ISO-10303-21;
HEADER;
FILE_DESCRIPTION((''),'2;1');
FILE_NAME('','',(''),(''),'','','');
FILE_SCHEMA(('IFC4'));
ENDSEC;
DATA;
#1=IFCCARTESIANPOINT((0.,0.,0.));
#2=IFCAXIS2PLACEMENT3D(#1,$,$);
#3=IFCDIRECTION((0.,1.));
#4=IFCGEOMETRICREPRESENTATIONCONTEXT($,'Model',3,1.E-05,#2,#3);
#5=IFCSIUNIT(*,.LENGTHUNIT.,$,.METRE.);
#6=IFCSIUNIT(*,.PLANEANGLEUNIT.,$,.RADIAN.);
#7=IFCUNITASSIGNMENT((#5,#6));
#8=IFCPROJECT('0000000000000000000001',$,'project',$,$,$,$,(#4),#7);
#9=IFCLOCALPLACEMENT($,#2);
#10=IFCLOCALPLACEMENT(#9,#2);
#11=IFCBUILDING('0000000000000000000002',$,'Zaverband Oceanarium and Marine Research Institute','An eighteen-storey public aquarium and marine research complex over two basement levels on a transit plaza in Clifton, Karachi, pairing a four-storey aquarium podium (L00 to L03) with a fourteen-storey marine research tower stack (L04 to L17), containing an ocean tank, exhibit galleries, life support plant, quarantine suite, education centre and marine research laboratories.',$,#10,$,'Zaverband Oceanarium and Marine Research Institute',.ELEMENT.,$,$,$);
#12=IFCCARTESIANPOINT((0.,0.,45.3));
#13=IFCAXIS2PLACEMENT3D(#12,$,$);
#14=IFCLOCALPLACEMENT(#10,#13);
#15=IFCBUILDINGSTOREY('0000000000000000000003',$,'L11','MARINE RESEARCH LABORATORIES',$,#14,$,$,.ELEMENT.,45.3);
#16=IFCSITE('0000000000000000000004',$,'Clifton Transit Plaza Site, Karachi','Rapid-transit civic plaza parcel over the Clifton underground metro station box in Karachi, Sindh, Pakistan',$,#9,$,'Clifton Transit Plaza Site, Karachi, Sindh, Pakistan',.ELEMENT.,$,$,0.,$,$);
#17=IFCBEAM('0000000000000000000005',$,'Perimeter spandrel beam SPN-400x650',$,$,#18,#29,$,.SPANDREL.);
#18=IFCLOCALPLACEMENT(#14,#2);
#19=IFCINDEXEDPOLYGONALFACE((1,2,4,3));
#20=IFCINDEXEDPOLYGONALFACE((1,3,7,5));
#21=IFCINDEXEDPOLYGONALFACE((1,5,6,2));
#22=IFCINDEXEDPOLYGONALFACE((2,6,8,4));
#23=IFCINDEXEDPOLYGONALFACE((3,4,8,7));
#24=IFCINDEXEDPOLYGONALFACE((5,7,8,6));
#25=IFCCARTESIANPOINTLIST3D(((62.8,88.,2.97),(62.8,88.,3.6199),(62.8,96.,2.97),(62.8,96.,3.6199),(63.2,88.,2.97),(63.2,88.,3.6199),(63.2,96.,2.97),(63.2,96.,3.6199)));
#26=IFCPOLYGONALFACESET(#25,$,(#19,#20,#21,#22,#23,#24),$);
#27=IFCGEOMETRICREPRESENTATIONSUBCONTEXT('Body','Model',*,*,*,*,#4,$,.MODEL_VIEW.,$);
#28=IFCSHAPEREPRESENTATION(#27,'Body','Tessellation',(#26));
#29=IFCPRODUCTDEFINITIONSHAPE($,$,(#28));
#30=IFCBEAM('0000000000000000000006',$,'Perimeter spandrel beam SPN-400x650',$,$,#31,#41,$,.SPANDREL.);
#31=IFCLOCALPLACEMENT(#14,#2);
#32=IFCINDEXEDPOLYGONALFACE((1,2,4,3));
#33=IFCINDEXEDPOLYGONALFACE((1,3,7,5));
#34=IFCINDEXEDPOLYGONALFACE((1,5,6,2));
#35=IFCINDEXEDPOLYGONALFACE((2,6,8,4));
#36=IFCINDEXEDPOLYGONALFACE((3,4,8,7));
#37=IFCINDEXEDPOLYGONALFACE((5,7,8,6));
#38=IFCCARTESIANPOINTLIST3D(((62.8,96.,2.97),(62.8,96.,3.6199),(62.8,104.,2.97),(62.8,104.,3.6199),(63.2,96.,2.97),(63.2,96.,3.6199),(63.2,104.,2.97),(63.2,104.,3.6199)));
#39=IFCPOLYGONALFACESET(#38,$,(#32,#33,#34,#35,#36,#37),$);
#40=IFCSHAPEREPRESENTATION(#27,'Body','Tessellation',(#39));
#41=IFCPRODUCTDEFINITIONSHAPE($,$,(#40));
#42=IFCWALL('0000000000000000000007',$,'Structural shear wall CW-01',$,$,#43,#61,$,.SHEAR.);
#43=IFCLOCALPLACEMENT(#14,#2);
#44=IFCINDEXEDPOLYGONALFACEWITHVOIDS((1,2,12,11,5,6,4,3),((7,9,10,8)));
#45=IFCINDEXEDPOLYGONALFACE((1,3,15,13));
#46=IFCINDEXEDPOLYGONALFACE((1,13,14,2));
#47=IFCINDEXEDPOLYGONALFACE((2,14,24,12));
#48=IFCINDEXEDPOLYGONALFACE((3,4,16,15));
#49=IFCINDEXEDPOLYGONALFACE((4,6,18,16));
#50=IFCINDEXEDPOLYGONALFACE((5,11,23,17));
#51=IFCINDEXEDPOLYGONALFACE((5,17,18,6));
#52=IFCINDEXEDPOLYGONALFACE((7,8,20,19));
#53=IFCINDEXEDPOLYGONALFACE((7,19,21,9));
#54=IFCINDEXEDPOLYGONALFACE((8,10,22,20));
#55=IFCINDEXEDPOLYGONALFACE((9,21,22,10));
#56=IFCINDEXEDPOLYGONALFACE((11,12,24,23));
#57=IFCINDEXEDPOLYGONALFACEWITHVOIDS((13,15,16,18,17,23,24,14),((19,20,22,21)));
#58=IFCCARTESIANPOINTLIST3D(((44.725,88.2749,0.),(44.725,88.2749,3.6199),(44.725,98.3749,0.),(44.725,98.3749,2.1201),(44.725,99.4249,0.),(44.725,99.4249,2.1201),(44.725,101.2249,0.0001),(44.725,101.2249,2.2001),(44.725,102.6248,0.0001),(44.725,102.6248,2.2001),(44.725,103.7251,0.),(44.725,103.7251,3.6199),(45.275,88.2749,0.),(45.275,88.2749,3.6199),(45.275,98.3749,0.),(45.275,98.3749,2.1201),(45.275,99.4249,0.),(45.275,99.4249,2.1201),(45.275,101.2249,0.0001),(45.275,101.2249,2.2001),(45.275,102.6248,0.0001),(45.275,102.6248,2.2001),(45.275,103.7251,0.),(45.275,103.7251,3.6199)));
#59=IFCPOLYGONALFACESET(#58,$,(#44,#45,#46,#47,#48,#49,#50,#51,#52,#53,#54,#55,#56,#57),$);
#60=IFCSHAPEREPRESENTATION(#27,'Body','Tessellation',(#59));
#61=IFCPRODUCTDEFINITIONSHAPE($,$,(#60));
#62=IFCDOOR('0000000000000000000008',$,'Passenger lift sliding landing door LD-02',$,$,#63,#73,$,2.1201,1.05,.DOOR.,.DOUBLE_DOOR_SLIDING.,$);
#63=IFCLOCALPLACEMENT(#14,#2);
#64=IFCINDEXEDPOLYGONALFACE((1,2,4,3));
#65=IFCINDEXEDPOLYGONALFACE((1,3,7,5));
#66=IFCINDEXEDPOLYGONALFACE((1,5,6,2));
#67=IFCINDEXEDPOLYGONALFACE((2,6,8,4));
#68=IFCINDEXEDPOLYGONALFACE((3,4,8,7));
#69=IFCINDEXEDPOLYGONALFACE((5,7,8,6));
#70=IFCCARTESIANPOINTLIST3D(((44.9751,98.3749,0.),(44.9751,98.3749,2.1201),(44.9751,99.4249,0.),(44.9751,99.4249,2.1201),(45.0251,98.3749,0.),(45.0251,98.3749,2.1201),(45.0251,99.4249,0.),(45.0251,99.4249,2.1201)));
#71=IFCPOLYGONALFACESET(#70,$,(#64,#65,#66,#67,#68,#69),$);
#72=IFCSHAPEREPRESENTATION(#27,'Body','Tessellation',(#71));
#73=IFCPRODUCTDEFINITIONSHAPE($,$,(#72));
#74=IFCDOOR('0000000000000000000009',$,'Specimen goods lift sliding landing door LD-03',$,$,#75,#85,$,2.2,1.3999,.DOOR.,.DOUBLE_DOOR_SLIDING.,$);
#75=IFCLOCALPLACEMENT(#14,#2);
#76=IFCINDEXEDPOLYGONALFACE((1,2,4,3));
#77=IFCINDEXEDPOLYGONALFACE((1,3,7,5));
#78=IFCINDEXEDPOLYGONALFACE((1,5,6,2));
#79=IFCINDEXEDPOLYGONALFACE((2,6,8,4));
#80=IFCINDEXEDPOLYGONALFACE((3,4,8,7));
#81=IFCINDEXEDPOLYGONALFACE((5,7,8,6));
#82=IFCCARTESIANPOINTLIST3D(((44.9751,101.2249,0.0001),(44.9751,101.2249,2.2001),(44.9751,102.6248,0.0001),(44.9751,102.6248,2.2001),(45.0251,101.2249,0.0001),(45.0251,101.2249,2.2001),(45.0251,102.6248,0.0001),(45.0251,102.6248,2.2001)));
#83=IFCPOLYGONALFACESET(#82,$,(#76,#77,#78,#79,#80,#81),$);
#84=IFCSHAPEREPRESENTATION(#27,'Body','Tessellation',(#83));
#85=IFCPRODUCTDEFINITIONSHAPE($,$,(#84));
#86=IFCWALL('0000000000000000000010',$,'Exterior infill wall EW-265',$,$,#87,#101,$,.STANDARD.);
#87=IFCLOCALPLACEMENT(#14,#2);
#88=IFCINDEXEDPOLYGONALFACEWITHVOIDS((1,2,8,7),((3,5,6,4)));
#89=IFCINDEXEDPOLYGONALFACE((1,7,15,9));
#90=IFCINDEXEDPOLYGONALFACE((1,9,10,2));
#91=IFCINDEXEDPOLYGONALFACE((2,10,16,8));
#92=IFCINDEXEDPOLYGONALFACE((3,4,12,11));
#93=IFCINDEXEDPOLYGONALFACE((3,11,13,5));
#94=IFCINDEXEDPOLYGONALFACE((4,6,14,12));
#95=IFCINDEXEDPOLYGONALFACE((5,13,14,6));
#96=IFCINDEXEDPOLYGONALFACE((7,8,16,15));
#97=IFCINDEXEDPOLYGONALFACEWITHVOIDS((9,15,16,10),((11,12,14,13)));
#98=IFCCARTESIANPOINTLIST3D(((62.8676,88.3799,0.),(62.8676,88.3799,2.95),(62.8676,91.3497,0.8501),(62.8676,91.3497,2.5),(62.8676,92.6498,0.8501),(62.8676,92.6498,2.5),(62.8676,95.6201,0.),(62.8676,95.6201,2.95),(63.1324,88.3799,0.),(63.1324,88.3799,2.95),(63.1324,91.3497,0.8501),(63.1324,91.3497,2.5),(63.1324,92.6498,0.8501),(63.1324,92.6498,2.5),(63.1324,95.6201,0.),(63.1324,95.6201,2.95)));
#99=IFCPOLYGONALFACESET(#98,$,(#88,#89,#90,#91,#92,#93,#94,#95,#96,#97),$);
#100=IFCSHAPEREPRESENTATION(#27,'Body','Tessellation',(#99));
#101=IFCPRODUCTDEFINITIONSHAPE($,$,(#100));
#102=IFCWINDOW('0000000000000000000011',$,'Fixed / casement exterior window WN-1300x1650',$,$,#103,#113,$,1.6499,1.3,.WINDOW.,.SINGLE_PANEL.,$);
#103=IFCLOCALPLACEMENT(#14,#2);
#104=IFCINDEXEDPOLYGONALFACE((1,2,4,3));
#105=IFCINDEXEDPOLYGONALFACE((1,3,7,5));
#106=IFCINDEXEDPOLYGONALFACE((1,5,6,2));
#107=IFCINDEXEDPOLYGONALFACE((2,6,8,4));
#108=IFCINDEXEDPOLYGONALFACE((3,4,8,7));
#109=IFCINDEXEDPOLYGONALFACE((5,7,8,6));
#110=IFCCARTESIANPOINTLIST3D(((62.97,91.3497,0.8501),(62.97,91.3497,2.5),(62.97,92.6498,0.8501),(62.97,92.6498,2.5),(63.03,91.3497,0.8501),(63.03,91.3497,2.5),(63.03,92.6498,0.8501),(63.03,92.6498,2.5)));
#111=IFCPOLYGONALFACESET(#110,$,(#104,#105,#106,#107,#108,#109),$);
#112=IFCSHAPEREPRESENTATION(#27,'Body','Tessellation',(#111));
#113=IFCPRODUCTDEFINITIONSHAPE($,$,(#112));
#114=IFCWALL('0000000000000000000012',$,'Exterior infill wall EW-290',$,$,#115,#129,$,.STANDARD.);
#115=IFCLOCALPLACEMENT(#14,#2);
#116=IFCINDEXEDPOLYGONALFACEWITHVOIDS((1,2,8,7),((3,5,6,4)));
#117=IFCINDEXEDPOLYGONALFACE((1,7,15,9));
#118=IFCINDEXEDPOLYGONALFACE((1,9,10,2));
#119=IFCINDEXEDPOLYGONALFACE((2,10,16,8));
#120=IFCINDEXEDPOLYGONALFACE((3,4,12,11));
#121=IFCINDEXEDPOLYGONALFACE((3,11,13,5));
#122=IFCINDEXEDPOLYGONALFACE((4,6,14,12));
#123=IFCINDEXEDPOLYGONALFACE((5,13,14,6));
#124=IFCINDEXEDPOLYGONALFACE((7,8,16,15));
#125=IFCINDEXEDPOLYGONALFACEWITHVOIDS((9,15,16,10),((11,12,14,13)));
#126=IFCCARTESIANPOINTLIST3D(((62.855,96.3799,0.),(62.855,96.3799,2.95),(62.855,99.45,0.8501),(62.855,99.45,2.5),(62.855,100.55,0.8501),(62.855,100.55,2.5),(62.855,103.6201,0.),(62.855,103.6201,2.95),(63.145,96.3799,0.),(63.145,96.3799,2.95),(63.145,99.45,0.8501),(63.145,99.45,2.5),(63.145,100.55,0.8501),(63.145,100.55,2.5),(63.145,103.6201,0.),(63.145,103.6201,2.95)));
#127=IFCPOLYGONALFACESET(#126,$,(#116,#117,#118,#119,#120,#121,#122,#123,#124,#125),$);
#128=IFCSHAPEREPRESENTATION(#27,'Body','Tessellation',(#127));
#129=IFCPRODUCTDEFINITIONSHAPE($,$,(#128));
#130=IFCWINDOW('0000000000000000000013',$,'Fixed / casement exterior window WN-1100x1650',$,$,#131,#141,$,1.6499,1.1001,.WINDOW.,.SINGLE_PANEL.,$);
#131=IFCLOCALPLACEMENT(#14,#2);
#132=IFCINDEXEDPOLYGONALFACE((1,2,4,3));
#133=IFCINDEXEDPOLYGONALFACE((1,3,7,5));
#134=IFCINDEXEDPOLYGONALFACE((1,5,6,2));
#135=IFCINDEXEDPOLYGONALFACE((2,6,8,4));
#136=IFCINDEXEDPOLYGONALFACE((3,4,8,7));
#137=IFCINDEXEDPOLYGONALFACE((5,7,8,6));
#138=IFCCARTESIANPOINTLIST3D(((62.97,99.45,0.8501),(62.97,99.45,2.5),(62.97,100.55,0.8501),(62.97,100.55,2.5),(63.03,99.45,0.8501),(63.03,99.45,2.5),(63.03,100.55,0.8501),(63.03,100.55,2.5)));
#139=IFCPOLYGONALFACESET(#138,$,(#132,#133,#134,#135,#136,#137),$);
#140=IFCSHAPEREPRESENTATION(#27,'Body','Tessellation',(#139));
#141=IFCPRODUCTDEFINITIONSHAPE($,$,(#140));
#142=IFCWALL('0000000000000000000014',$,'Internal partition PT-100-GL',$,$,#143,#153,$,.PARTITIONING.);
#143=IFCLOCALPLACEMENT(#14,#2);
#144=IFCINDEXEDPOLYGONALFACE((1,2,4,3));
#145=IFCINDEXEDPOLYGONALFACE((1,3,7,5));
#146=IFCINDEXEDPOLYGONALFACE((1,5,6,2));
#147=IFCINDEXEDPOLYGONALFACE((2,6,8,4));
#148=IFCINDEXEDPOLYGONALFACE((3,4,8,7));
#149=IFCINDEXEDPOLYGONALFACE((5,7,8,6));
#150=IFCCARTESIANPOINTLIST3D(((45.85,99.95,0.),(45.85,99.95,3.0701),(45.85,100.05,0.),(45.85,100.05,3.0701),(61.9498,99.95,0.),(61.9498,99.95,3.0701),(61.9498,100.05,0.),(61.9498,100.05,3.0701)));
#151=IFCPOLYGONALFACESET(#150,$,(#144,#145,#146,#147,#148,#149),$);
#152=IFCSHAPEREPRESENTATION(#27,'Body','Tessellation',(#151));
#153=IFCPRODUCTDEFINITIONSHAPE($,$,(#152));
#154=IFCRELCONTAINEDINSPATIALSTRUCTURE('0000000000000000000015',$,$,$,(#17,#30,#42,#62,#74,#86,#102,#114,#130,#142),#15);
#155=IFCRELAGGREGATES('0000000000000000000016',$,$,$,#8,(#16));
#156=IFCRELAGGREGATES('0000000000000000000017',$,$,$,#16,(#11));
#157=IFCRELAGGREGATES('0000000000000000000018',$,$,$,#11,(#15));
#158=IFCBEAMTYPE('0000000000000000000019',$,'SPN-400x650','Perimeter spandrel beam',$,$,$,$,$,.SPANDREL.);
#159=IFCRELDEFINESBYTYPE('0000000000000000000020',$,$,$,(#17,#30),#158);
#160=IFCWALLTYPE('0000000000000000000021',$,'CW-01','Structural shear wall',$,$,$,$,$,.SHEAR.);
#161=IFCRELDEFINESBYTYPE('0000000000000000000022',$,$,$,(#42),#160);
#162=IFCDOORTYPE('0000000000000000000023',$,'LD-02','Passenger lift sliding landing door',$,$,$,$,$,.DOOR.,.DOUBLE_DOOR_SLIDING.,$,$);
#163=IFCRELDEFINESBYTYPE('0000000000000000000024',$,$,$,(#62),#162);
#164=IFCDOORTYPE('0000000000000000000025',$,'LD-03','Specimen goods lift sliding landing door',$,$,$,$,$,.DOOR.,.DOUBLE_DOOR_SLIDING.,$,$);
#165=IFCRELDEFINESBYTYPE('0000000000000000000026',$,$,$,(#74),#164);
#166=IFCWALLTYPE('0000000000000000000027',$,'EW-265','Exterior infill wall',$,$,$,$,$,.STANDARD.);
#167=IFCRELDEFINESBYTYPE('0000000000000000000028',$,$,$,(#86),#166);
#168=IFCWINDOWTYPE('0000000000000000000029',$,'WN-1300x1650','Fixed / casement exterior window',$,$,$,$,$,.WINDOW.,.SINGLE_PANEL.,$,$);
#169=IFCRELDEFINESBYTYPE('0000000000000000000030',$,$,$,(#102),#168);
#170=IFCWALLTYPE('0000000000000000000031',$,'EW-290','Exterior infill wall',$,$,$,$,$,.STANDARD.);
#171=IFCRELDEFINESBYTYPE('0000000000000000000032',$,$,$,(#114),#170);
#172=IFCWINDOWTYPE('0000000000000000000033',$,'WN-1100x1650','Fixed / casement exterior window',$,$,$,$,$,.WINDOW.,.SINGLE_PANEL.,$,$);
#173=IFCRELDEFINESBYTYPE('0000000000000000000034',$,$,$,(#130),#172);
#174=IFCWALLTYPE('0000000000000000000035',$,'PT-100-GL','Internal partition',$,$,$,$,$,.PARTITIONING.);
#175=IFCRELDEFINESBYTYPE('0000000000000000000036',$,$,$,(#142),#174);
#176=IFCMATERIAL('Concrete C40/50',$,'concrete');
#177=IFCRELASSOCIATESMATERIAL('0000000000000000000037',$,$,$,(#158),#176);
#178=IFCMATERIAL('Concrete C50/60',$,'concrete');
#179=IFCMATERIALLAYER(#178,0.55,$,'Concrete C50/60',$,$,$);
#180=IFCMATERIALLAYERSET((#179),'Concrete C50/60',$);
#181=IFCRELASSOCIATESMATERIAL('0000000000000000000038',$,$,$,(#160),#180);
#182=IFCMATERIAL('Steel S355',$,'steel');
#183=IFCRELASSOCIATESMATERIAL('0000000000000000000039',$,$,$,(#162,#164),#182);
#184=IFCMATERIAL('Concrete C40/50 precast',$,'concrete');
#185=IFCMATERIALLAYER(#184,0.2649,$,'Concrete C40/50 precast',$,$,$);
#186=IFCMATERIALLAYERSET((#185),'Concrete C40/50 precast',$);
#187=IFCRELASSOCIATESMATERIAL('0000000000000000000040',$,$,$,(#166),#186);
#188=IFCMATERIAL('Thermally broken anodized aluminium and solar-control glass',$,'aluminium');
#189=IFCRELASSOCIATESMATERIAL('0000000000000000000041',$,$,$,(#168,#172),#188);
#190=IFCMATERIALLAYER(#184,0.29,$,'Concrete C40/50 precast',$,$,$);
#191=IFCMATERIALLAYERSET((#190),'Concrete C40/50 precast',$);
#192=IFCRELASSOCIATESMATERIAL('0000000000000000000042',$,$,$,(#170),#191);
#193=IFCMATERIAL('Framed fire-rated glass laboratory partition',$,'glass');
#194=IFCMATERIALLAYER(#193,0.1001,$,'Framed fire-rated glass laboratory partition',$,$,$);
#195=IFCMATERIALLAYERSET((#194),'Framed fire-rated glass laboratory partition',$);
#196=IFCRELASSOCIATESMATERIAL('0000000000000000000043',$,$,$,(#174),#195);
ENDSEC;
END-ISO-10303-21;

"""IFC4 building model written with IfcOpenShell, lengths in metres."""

from ifc_helpers import new_model, si_unit, direction, frame, frame_2d, origin, origin_2d, place, context, subcontext, project, spatial, rectangle, extrude, material, layer, layer_set, material_profile, profile_set, type_object, element, fill, save


model = new_model("IFC4")

# Units and contexts
model_context = context("Model", 3, precision=1e-05, world=origin(), true_north=direction((0.0, 1.0)))
body_context = subcontext(model_context, "Body", "Model", "MODEL_VIEW")
ifc_project = project(units=[si_unit("LENGTHUNIT", "METRE"), si_unit("PLANEANGLEUNIT", "RADIAN")], contexts=[model_context])

# Site, building, storey
site_placement = place(None, origin())
site = spatial("IfcSite", under=ifc_project, at=site_placement, Name="Clifton Transit Plaza Site, Karachi", Description="Rapid-transit civic plaza parcel over the Clifton underground metro station box in Karachi, Sindh, Pakistan", LongName="Clifton Transit Plaza Site, Karachi, Sindh, Pakistan", CompositionType="ELEMENT", RefElevation=0.0)
building_placement = place(site_placement, origin())
building = spatial("IfcBuilding", under=site, at=building_placement, Name="Zaverband Oceanarium and Marine Research Institute", Description="An eighteen-storey public aquarium and marine research complex over two basement levels on a transit plaza in Clifton, Karachi, pairing a four-storey aquarium podium (L00 to L03) with a fourteen-storey marine research tower stack (L04 to L17), containing an ocean tank, exhibit galleries, life support plant, quarantine suite, education centre and marine research laboratories.", LongName="Zaverband Oceanarium and Marine Research Institute", CompositionType="ELEMENT")
storey_placement = place(building_placement, frame((0.0, 0.0, 45.3)))
storey = spatial("IfcBuildingStorey", under=building, at=storey_placement, Name="L11", Description="MARINE RESEARCH LABORATORIES", CompositionType="ELEMENT", Elevation=45.3)

# Shared definitions
ifc_material_1 = material(Name="Concrete C50/60", Category="concrete")

# Shared definitions
ifc_material_2 = material(Name="Concrete C40/50", Category="concrete")

# Shared definitions
ifc_material_3 = material(Name="Steel S355", Category="steel")

# Beams
ifc_material_profile_1 = material_profile(ifc_material_2, rectangle(XDim=0.3999, YDim=0.6499, at=origin_2d()), Name="RC400x650")
ifc_profile_set_1 = profile_set([ifc_material_profile_1], Name="Concrete C40/50")
beam_type_1 = type_object("IfcBeamType", Name="SPN-400x650", Description="Perimeter spandrel beam", PredefinedType="SPANDREL", material=ifc_profile_set_1)
for number, where, z_axis, x_axis, name in (
    (1, (63.0, 88.0, 3.2949), (0.0, 1.0, 0.0), (-1.0, 0.0, 0.0), "Perimeter spandrel beam SPN-400x650"),
    (2, (63.0, 96.0, 3.2949), (0.0, 1.0, 0.0), (-1.0, 0.0, 0.0), "Perimeter spandrel beam SPN-400x650"),
):
    element("IfcBeam", number, at=place(storey_placement, frame(where, z_axis=z_axis, x_axis=x_axis)), inside=storey, type_object=beam_type_1, Name=name, PredefinedType="SPANDREL", context=body_context, shape_type="SweptSolid", body=[
        extrude(rectangle(XDim=0.3999, YDim=0.6499, at=origin_2d()), origin(), (0.0, 0.0, 1.0), 8.0),
    ])

# Wall, openings, doors
ifc_layer_1 = layer(ifc_material_1, 0.55, Name="Concrete C50/60")
ifc_layer_set_1 = layer_set([ifc_layer_1], Name="Concrete C50/60")
wall_type_1 = type_object("IfcWallType", Name="CW-01", Description="Structural shear wall", PredefinedType="SHEAR", material=ifc_layer_set_1)
wall_1_placement = place(storey_placement, frame((45.0, 88.2749, 0.0), z_axis=(0.0, 0.0, 1.0), x_axis=(0.0, 1.0, 0.0)))
wall_1 = element("IfcWall", 3, at=wall_1_placement, inside=storey, type_object=wall_type_1, Name="Structural shear wall CW-01", PredefinedType="SHEAR", context=body_context, shape_type="SweptSolid", body=[
    extrude(rectangle(XDim=15.4502, YDim=0.55, at=frame_2d((7.7251, 0.0))), origin(), (0.0, 0.0, 1.0), 3.6199),
])
opening_1_placement = place(wall_1_placement, frame((10.1001, 0.0, 0.0)))
opening_1 = element("IfcOpeningElement", 4, at=opening_1_placement, cuts=wall_1, PredefinedType="OPENING", context=body_context, shape_type="SweptSolid", body=[
    extrude(rectangle(XDim=1.05, YDim=2.1201, at=frame_2d((0.5249, 1.0601))), frame((0.0, 0.2871, 0.0), z_axis=(0.0, -1.0, 0.0), x_axis=(1.0, 0.0, 0.0)), (0.0, 0.0, 1.0), 0.574),
])
opening_2_placement = place(wall_1_placement, frame((12.95, 0.0, 0.0)))
opening_2 = element("IfcOpeningElement", 5, at=opening_2_placement, cuts=wall_1, PredefinedType="OPENING", context=body_context, shape_type="SweptSolid", body=[
    extrude(rectangle(XDim=1.3999, YDim=2.2, at=frame_2d((0.7, 1.1001))), frame((0.0, 0.2871, 0.0), z_axis=(0.0, -1.0, 0.0), x_axis=(1.0, 0.0, 0.0)), (0.0, 0.0, 1.0), 0.574),
])
door_type_1 = type_object("IfcDoorType", Name="LD-02", Description="Passenger lift sliding landing door", OperationType="DOUBLE_DOOR_SLIDING", PredefinedType="DOOR", material=ifc_material_3)
door_1_placement = place(opening_1_placement, origin())
door_1 = element("IfcDoor", 6, at=door_1_placement, inside=storey, type_object=door_type_1, Name="Passenger lift sliding landing door LD-02", OperationType="DOUBLE_DOOR_SLIDING", OverallHeight=2.1201, OverallWidth=1.05, PredefinedType="DOOR", context=body_context, shape_type="SweptSolid", body=[
    extrude(rectangle(XDim=1.05, YDim=2.1201, at=frame_2d((0.5249, 1.0601))), frame((0.0, 0.0249, 0.0), z_axis=(0.0, -1.0, 0.0), x_axis=(1.0, 0.0, 0.0)), (0.0, 0.0, 1.0), 0.05),
])
fill(opening_1, door_1)
door_type_2 = type_object("IfcDoorType", Name="LD-03", Description="Specimen goods lift sliding landing door", OperationType="DOUBLE_DOOR_SLIDING", PredefinedType="DOOR", material=ifc_material_3)
door_2_placement = place(opening_2_placement, origin())
door_2 = element("IfcDoor", 7, at=door_2_placement, inside=storey, type_object=door_type_2, Name="Specimen goods lift sliding landing door LD-03", OperationType="DOUBLE_DOOR_SLIDING", OverallHeight=2.2, OverallWidth=1.3999, PredefinedType="DOOR", context=body_context, shape_type="SweptSolid", body=[
    extrude(rectangle(XDim=1.3999, YDim=2.2, at=frame_2d((0.7, 1.1001))), frame((0.0, 0.0249, 0.0), z_axis=(0.0, -1.0, 0.0), x_axis=(1.0, 0.0, 0.0)), (0.0, 0.0, 1.0), 0.05),
])
fill(opening_2, door_2)

# Walls, openings, windows
ifc_material_4 = material(Name="Concrete C40/50 precast", Category="concrete")
ifc_layer_2 = layer(ifc_material_4, 0.2649, Name="Concrete C40/50 precast")
ifc_layer_set_2 = layer_set([ifc_layer_2], Name="Concrete C40/50 precast")
wall_type_2 = type_object("IfcWallType", Name="EW-265", Description="Exterior infill wall", PredefinedType="STANDARD", material=ifc_layer_set_2)
wall_2_placement = place(storey_placement, frame((63.0, 88.3799, 0.0), z_axis=(0.0, 0.0, 1.0), x_axis=(0.0, 1.0, 0.0)))
wall_2 = element("IfcWall", 8, at=wall_2_placement, inside=storey, type_object=wall_type_2, Name="Exterior infill wall EW-265", PredefinedType="STANDARD", context=body_context, shape_type="SweptSolid", body=[
    extrude(rectangle(XDim=7.2402, YDim=0.2649, at=frame_2d((3.6201, 0.0))), origin(), (0.0, 0.0, 1.0), 2.95),
])
opening_3_placement = place(wall_2_placement, frame((2.97, 0.0, 0.8501)))
opening_3 = element("IfcOpeningElement", 9, at=opening_3_placement, cuts=wall_2, PredefinedType="OPENING", context=body_context, shape_type="SweptSolid", body=[
    extrude(rectangle(XDim=1.3, YDim=1.6499, at=frame_2d((0.6499, 0.825))), frame((0.0, 0.1445, 0.0), z_axis=(0.0, -1.0, 0.0), x_axis=(1.0, 0.0, 0.0)), (0.0, 0.0, 1.0), 0.2888),
])
ifc_material_5 = material(Name="Thermally broken anodized aluminium and solar-control glass", Category="aluminium")
window_type_1 = type_object("IfcWindowType", Name="WN-1300x1650", Description="Fixed / casement exterior window", PartitioningType="SINGLE_PANEL", PredefinedType="WINDOW", material=ifc_material_5)
window_1_placement = place(opening_3_placement, origin())
window_1 = element("IfcWindow", 10, at=window_1_placement, inside=storey, type_object=window_type_1, Name="Fixed / casement exterior window WN-1300x1650", OverallHeight=1.6499, OverallWidth=1.3, PartitioningType="SINGLE_PANEL", PredefinedType="WINDOW", context=body_context, shape_type="SweptSolid", body=[
    extrude(rectangle(XDim=1.3, YDim=1.6499, at=frame_2d((0.6499, 0.825))), frame((0.0, 0.03, 0.0), z_axis=(0.0, -1.0, 0.0), x_axis=(1.0, 0.0, 0.0)), (0.0, 0.0, 1.0), 0.0601),
])
fill(opening_3, window_1)
ifc_layer_3 = layer(ifc_material_4, 0.29, Name="Concrete C40/50 precast")
ifc_layer_set_3 = layer_set([ifc_layer_3], Name="Concrete C40/50 precast")
wall_type_3 = type_object("IfcWallType", Name="EW-290", Description="Exterior infill wall", PredefinedType="STANDARD", material=ifc_layer_set_3)
wall_3_placement = place(storey_placement, frame((63.0, 96.3799, 0.0), z_axis=(0.0, 0.0, 1.0), x_axis=(0.0, 1.0, 0.0)))
wall_3 = element("IfcWall", 11, at=wall_3_placement, inside=storey, type_object=wall_type_3, Name="Exterior infill wall EW-290", PredefinedType="STANDARD", context=body_context, shape_type="SweptSolid", body=[
    extrude(rectangle(XDim=7.2402, YDim=0.29, at=frame_2d((3.6201, 0.0))), origin(), (0.0, 0.0, 1.0), 2.95),
])
opening_4_placement = place(wall_3_placement, frame((3.0701, 0.0, 0.8501)))
opening_4 = element("IfcOpeningElement", 12, at=opening_4_placement, cuts=wall_3, PredefinedType="OPENING", context=body_context, shape_type="SweptSolid", body=[
    extrude(rectangle(XDim=1.1001, YDim=1.6499, at=frame_2d((0.55, 0.825))), frame((0.0, 0.157, 0.0), z_axis=(0.0, -1.0, 0.0), x_axis=(1.0, 0.0, 0.0)), (0.0, 0.0, 1.0), 0.314),
])
window_type_2 = type_object("IfcWindowType", Name="WN-1100x1650", Description="Fixed / casement exterior window", PartitioningType="SINGLE_PANEL", PredefinedType="WINDOW", material=ifc_material_5)
window_2_placement = place(opening_4_placement, origin())
window_2 = element("IfcWindow", 13, at=window_2_placement, inside=storey, type_object=window_type_2, Name="Fixed / casement exterior window WN-1100x1650", OverallHeight=1.6499, OverallWidth=1.1001, PartitioningType="SINGLE_PANEL", PredefinedType="WINDOW", context=body_context, shape_type="SweptSolid", body=[
    extrude(rectangle(XDim=1.1001, YDim=1.6499, at=frame_2d((0.55, 0.825))), frame((0.0, 0.03, 0.0), z_axis=(0.0, -1.0, 0.0), x_axis=(1.0, 0.0, 0.0)), (0.0, 0.0, 1.0), 0.0601),
])
fill(opening_4, window_2)

# Wall
ifc_material_6 = material(Name="Framed fire-rated glass laboratory partition", Category="glass")
ifc_layer_4 = layer(ifc_material_6, 0.1001, Name="Framed fire-rated glass laboratory partition")
ifc_layer_set_4 = layer_set([ifc_layer_4], Name="Framed fire-rated glass laboratory partition")
wall_type_4 = type_object("IfcWallType", Name="PT-100-GL", Description="Internal partition", PredefinedType="PARTITIONING", material=ifc_layer_set_4)
wall_4_placement = place(storey_placement, frame((45.8501, 100.0, 0.0), z_axis=(0.0, 0.0, 1.0), x_axis=(1.0, 0.0, 0.0)))
element("IfcWall", 14, at=wall_4_placement, inside=storey, type_object=wall_type_4, Name="Internal partition PT-100-GL", PredefinedType="PARTITIONING", context=body_context, shape_type="SweptSolid", body=[
    extrude(rectangle(XDim=16.0999, YDim=0.1001, at=frame_2d((8.0498, 0.0))), origin(), (0.0, 0.0, 1.0), 3.0701),
])

save(model, "model.ifc")
